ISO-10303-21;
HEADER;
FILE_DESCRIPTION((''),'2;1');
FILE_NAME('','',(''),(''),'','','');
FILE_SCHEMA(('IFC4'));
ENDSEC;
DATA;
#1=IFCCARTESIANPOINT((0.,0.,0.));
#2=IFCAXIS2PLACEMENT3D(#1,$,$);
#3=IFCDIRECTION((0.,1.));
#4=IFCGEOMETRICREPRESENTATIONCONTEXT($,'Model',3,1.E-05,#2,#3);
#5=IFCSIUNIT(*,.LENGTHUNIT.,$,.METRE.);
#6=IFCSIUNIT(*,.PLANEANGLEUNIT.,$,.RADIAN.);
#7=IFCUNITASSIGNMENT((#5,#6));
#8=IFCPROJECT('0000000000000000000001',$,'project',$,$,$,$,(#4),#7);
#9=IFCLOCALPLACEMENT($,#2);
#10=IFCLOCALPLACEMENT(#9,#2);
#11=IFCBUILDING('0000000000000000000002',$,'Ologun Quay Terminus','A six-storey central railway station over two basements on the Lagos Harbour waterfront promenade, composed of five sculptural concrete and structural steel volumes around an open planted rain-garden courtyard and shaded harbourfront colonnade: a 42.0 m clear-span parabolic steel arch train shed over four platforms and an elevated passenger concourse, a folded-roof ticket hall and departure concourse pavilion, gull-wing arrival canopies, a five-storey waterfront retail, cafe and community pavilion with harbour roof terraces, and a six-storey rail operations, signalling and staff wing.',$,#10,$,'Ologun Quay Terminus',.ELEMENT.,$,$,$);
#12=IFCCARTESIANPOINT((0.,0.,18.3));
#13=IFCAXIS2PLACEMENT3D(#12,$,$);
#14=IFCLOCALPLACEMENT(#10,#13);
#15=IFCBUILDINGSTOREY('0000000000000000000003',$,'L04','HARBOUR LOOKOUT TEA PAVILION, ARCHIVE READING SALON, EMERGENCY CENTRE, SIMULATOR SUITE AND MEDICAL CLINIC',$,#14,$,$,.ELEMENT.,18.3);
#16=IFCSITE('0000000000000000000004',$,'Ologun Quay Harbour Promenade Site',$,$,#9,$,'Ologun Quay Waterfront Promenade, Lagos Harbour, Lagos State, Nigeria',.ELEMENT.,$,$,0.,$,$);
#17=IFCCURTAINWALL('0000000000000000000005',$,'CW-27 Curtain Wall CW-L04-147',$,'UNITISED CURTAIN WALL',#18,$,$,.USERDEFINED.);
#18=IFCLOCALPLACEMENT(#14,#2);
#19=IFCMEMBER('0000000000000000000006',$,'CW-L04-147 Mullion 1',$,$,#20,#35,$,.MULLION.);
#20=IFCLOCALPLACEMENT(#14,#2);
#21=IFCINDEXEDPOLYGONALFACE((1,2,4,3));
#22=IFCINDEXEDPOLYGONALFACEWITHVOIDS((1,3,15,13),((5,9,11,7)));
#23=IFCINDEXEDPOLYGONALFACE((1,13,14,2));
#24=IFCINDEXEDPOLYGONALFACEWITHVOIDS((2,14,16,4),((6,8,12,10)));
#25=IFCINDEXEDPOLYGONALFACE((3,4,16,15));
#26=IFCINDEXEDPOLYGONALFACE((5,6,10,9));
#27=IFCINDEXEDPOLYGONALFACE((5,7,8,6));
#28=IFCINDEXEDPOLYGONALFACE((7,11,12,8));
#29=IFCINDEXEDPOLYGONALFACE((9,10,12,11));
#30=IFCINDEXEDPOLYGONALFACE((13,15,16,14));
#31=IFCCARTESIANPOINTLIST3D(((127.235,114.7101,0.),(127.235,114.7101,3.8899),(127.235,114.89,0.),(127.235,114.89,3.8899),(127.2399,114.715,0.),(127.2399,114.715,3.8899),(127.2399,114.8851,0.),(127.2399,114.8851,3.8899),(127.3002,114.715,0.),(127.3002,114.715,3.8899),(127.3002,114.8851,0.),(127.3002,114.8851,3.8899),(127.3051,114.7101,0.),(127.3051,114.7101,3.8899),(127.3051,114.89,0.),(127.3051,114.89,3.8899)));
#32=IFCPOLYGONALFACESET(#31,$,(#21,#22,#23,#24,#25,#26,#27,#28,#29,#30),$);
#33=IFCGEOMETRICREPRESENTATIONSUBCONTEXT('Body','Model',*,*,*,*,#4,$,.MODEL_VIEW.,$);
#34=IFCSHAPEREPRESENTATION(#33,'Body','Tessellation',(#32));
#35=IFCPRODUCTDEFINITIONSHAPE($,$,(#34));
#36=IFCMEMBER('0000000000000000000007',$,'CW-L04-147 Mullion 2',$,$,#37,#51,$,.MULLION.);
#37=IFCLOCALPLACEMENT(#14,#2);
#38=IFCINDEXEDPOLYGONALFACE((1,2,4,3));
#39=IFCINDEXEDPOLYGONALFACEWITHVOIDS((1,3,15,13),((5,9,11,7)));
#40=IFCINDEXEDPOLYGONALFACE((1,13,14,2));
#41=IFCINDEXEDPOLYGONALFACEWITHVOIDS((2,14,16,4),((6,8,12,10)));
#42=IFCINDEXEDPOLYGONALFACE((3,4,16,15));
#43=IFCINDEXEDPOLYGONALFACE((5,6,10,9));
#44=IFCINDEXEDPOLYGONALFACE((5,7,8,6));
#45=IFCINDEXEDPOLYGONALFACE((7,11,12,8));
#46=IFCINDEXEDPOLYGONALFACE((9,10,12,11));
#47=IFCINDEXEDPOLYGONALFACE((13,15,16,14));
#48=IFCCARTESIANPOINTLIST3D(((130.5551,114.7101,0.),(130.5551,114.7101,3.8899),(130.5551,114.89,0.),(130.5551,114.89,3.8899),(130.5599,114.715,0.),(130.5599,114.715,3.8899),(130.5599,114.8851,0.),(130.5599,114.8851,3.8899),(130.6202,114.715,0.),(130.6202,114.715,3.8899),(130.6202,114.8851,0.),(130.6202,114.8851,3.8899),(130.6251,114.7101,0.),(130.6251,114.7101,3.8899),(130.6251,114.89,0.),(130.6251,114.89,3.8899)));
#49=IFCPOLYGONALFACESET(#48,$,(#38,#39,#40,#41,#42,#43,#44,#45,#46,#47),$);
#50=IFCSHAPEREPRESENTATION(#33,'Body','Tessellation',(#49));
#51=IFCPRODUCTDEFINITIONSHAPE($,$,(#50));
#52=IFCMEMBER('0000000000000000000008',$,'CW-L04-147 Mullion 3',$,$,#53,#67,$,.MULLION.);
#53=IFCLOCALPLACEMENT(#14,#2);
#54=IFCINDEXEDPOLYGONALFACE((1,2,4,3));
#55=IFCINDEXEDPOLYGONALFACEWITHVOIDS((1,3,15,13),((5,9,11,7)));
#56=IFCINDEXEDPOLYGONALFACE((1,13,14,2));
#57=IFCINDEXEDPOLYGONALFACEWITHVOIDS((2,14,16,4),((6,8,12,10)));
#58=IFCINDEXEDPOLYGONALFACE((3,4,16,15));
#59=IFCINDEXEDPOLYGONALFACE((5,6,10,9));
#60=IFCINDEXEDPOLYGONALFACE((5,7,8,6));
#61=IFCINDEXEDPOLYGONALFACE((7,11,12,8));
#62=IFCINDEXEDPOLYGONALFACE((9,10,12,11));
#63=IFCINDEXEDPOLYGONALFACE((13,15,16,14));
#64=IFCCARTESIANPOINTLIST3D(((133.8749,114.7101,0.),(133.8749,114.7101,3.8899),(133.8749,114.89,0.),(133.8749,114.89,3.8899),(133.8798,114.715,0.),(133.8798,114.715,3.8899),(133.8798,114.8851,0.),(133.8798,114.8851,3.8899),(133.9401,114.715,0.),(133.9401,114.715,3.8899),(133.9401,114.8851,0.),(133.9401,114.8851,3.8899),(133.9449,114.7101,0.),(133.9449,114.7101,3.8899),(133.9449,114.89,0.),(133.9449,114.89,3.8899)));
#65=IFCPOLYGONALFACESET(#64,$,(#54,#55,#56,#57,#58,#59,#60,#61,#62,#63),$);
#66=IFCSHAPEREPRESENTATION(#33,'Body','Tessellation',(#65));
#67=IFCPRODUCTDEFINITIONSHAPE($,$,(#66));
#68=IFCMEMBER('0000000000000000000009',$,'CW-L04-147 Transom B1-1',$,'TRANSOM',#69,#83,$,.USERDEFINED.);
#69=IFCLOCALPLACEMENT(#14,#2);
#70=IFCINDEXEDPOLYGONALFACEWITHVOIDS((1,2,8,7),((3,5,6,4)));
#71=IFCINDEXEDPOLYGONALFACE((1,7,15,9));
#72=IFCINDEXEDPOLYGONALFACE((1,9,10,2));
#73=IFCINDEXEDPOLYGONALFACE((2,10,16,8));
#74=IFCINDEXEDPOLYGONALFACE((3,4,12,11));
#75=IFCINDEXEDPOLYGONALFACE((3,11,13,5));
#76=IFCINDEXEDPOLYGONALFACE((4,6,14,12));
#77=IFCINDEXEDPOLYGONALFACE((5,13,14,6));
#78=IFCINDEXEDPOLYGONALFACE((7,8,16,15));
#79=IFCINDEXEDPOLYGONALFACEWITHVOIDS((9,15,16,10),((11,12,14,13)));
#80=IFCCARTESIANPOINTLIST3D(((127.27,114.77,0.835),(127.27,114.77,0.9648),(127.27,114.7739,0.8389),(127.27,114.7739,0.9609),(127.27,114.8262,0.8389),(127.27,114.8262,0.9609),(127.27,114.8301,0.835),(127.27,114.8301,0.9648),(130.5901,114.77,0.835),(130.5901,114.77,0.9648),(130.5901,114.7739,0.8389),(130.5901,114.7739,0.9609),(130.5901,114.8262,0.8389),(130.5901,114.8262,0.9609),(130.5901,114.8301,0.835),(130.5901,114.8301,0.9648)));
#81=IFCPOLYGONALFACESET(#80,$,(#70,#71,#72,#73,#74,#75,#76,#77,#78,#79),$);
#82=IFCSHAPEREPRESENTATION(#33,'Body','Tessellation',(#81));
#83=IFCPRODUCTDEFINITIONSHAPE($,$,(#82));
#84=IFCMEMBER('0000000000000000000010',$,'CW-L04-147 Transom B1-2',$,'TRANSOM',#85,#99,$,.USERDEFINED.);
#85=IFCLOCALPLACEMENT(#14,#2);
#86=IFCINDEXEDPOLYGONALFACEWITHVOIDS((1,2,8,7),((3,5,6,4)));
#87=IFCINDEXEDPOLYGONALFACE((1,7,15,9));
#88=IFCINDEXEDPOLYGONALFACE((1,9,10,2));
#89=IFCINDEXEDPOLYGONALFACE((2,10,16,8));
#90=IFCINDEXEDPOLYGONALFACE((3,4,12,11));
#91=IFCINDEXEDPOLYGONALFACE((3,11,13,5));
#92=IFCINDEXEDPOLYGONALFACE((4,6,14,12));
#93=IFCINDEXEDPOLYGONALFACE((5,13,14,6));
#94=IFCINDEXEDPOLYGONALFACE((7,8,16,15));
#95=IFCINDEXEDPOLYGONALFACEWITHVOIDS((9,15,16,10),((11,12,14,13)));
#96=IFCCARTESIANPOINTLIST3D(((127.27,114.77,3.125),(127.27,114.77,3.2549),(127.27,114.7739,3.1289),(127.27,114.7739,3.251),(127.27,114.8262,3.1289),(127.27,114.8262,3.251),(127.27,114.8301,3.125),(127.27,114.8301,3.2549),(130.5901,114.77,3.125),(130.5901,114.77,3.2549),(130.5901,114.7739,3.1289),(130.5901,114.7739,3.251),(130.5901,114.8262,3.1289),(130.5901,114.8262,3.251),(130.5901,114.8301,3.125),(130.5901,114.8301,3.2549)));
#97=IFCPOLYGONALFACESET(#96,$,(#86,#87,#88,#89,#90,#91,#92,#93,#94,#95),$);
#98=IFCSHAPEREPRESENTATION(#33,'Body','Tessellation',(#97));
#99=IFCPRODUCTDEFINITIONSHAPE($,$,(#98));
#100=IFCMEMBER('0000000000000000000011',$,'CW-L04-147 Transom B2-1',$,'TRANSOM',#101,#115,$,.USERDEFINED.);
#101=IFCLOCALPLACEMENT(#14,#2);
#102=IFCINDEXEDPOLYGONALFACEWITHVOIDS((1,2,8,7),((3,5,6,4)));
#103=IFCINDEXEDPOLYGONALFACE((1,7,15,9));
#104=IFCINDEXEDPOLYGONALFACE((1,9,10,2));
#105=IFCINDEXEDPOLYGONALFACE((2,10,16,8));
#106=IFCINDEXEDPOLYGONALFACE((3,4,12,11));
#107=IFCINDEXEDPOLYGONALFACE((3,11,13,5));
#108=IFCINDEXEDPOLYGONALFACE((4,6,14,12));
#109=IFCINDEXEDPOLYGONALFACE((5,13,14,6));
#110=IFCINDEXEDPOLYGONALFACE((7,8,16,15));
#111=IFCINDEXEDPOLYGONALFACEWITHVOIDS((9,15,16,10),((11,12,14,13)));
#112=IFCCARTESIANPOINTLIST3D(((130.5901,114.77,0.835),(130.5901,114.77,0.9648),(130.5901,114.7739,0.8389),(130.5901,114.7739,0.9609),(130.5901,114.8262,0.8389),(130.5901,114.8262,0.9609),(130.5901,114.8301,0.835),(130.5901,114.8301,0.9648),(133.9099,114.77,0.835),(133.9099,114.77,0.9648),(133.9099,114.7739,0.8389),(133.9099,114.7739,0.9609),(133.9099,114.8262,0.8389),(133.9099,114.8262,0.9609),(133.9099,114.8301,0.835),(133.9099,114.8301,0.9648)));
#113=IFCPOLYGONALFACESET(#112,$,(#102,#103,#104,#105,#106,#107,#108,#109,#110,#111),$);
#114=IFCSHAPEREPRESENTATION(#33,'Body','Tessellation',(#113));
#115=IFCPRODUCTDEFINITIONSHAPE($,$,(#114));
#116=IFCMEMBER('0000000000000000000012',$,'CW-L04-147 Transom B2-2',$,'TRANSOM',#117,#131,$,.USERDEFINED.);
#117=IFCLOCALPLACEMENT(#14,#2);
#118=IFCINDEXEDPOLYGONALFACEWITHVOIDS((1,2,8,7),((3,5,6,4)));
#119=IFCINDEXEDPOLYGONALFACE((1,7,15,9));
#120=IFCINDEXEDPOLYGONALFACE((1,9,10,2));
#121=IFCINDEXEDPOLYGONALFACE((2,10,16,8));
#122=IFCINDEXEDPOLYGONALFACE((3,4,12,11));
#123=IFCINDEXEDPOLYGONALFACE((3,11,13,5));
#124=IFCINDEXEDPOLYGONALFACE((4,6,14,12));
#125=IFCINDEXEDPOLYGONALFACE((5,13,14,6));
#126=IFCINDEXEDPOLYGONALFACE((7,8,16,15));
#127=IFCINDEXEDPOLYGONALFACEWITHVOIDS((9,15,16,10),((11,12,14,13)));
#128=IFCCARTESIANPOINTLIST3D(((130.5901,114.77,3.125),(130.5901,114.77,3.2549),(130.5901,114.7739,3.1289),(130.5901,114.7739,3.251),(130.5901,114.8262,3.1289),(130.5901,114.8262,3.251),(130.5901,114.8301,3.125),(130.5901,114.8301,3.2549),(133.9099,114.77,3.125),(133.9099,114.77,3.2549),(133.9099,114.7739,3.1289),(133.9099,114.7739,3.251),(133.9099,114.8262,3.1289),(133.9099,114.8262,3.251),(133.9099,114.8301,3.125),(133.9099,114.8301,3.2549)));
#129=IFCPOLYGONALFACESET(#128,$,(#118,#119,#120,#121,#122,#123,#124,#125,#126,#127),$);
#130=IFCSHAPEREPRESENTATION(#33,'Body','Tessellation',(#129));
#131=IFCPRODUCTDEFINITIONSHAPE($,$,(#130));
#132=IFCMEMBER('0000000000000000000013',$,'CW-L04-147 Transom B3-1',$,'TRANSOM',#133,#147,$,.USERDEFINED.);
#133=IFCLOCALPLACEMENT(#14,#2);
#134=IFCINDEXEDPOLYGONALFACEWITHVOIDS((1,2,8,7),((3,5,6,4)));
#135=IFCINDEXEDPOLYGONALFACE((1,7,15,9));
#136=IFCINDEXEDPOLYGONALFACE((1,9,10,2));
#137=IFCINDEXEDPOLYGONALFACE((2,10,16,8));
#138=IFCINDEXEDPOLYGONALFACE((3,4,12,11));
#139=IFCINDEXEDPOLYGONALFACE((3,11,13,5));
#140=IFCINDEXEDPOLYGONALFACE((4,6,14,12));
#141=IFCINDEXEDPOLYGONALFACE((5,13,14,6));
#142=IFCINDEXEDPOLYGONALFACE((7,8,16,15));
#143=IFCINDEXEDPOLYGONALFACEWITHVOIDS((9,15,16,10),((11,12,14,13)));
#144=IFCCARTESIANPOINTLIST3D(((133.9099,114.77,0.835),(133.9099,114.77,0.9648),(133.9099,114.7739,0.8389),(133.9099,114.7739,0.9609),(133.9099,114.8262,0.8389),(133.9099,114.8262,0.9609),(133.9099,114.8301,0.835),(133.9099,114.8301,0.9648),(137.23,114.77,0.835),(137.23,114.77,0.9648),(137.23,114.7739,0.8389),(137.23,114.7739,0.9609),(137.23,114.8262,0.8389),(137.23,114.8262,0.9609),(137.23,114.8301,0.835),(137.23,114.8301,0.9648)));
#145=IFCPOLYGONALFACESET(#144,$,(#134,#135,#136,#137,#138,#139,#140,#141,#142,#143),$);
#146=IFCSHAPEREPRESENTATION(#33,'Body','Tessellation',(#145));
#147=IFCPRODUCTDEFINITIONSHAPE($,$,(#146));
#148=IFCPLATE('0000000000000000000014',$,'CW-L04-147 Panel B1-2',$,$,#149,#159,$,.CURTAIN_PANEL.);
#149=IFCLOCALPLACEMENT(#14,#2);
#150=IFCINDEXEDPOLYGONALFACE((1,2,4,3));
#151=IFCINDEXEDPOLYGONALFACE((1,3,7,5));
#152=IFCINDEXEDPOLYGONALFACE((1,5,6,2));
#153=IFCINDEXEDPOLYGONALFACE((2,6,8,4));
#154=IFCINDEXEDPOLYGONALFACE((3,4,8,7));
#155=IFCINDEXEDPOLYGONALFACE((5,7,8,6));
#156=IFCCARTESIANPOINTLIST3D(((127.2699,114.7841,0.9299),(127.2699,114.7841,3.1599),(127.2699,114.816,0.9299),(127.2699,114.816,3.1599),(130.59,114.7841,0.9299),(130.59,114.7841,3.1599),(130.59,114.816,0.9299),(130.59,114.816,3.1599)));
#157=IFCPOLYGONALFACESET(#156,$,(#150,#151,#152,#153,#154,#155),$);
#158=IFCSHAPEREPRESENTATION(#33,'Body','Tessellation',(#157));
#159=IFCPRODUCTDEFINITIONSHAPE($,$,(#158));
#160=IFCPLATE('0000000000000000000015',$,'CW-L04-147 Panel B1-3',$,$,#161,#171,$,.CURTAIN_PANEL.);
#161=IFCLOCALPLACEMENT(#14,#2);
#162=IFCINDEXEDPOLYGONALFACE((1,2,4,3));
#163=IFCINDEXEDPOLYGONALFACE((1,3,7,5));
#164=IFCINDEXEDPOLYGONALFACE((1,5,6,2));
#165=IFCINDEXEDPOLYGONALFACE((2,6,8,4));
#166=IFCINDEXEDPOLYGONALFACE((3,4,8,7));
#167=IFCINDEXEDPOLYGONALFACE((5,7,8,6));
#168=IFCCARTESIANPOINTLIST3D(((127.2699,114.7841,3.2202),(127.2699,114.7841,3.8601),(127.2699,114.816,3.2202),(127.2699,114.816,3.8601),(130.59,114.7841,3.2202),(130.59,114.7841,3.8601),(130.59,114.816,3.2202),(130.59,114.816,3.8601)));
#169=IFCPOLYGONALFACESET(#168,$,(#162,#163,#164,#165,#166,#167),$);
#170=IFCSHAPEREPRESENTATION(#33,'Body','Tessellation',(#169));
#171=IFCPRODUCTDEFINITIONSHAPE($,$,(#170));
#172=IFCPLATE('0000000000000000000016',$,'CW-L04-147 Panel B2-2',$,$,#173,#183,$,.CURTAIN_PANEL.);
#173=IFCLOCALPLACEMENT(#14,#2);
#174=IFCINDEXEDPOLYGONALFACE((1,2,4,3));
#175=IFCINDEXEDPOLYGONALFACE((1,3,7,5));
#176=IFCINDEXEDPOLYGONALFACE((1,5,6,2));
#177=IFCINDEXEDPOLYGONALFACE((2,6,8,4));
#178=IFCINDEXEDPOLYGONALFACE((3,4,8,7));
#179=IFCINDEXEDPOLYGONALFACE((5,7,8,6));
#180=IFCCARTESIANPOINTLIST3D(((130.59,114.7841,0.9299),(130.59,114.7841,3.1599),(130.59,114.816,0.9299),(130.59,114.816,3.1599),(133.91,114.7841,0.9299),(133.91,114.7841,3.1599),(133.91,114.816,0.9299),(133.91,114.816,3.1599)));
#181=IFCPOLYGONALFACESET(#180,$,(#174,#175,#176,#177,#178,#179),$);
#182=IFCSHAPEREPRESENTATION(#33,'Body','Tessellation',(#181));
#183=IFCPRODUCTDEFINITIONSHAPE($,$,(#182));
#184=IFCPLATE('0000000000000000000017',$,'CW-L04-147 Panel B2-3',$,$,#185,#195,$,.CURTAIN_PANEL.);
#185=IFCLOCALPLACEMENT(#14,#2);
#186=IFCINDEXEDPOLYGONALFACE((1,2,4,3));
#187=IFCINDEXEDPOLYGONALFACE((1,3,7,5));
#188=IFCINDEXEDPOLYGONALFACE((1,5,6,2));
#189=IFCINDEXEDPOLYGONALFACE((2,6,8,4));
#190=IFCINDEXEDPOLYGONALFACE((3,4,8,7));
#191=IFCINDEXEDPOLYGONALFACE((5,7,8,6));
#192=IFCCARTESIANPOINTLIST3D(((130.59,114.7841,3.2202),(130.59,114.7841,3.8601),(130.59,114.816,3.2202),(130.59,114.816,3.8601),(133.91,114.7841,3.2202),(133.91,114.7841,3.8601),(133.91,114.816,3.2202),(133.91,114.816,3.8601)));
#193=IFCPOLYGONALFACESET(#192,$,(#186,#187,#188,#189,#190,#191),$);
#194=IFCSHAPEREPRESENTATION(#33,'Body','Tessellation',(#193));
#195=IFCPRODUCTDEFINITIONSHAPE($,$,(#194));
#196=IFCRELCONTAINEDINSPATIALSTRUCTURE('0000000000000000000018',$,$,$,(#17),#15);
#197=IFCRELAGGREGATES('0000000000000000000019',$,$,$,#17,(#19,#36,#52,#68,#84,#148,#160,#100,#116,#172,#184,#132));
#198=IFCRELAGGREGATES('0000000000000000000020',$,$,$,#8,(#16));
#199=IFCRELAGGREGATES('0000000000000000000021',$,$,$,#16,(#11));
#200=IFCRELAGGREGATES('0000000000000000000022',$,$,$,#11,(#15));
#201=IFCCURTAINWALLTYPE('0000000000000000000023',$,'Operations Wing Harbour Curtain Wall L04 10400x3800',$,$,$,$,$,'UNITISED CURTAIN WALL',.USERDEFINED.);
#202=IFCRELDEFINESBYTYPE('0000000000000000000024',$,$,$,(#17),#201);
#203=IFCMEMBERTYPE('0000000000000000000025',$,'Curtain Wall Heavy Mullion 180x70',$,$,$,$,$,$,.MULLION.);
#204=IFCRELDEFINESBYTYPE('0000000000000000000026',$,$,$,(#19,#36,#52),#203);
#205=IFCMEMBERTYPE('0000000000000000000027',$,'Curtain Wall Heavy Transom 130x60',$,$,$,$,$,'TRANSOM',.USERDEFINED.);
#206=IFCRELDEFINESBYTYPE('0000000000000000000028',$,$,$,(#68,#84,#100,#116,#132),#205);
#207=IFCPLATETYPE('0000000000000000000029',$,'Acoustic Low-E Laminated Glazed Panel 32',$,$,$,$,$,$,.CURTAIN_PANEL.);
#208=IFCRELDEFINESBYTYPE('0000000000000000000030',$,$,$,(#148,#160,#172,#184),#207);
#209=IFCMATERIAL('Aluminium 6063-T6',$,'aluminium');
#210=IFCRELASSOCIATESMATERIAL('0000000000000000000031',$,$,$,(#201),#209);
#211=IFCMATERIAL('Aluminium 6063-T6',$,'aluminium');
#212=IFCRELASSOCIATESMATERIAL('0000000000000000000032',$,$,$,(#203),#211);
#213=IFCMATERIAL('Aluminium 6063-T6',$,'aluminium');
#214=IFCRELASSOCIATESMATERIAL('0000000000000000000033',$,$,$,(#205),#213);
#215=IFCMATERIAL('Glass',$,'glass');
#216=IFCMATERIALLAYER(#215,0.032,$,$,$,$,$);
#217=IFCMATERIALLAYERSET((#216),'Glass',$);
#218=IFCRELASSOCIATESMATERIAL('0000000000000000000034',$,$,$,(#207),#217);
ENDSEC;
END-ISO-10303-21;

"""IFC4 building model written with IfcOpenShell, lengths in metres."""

from ifc_helpers import new_model, si_unit, direction, frame, origin, origin_2d, place, context, subcontext, project, spatial, rectangle, hollow_rectangle, extrude, material, layer, layer_set, material_profile, profile_set, type_object, element, aggregate, save


model = new_model("IFC4")

# Units and contexts
model_context = context("Model", 3, precision=1e-05, world=origin(), true_north=direction((0.0, 1.0)))
body_context = subcontext(model_context, "Body", "Model", "MODEL_VIEW")
ifc_project = project(units=[si_unit("LENGTHUNIT", "METRE"), si_unit("PLANEANGLEUNIT", "RADIAN")], contexts=[model_context])

# Site, building, storey
site_placement = place(None, origin())
site = spatial("IfcSite", under=ifc_project, at=site_placement, Name="Ologun Quay Harbour Promenade Site", LongName="Ologun Quay Waterfront Promenade, Lagos Harbour, Lagos State, Nigeria", CompositionType="ELEMENT", RefElevation=0.0)
building_placement = place(site_placement, origin())
building = spatial("IfcBuilding", under=site, at=building_placement, Name="Ologun Quay Terminus", Description="A six-storey central railway station over two basements on the Lagos Harbour waterfront promenade, composed of five sculptural concrete and structural steel volumes around an open planted rain-garden courtyard and shaded harbourfront colonnade: a 42.0 m clear-span parabolic steel arch train shed over four platforms and an elevated passenger concourse, a folded-roof ticket hall and departure concourse pavilion, gull-wing arrival canopies, a five-storey waterfront retail, cafe and community pavilion with harbour roof terraces, and a six-storey rail operations, signalling and staff wing.", LongName="Ologun Quay Terminus", CompositionType="ELEMENT")
storey_placement = place(building_placement, frame((0.0, 0.0, 18.3)))
storey = spatial("IfcBuildingStorey", under=building, at=storey_placement, Name="L04", Description="HARBOUR LOOKOUT TEA PAVILION, ARCHIVE READING SALON, EMERGENCY CENTRE, SIMULATOR SUITE AND MEDICAL CLINIC", CompositionType="ELEMENT", Elevation=18.3)

# Curtain wall, members, plates
ifc_material_1 = material(Name="Aluminium 6063-T6", Category="aluminium")
curtain_wall_type = type_object("IfcCurtainWallType", Name="Operations Wing Harbour Curtain Wall L04 10400x3800", ElementType="UNITISED CURTAIN WALL", PredefinedType="USERDEFINED", material=ifc_material_1)
curtain_wall_placement = place(storey_placement, origin())
curtain_wall = element("IfcCurtainWall", 1, at=curtain_wall_placement, inside=storey, type_object=curtain_wall_type, Name="CW-27 Curtain Wall CW-L04-147", ObjectType="UNITISED CURTAIN WALL", PredefinedType="USERDEFINED")
ifc_material_2 = material(Name="Aluminium 6063-T6", Category="aluminium")
ifc_material_profile_1 = material_profile(ifc_material_2, hollow_rectangle(XDim=0.0701, YDim=0.1799, WallThickness=0.0049, at=origin_2d()), Name="ALU 180x70x5")
ifc_profile_set_1 = profile_set([ifc_material_profile_1], Name="Aluminium 6063-T6")
member_type_1 = type_object("IfcMemberType", Name="Curtain Wall Heavy Mullion 180x70", PredefinedType="MULLION", material=ifc_profile_set_1)
member_1_placement = place(storey_placement, frame((127.27, 114.8, 0.0), z_axis=(0.0, 0.0, 1.0), x_axis=(1.0, 0.0, 0.0)))
member_1 = element("IfcMember", 2, at=member_1_placement, type_object=member_type_1, Name="CW-L04-147 Mullion 1", PredefinedType="MULLION", context=body_context, shape_type="SweptSolid", body=[
    extrude(hollow_rectangle(XDim=0.0701, YDim=0.1799, WallThickness=0.0049, at=origin_2d()), origin(), (0.0, 0.0, 1.0), 3.8899),
])
member_2_placement = place(storey_placement, frame((130.5901, 114.8, 0.0), z_axis=(0.0, 0.0, 1.0), x_axis=(1.0, 0.0, 0.0)))
member_2 = element("IfcMember", 3, at=member_2_placement, type_object=member_type_1, Name="CW-L04-147 Mullion 2", PredefinedType="MULLION", context=body_context, shape_type="SweptSolid", body=[
    extrude(hollow_rectangle(XDim=0.0701, YDim=0.1799, WallThickness=0.0049, at=origin_2d()), origin(), (0.0, 0.0, 1.0), 3.8899),
])
member_3_placement = place(storey_placement, frame((133.9099, 114.8, 0.0), z_axis=(0.0, 0.0, 1.0), x_axis=(1.0, 0.0, 0.0)))
member_3 = element("IfcMember", 4, at=member_3_placement, type_object=member_type_1, Name="CW-L04-147 Mullion 3", PredefinedType="MULLION", context=body_context, shape_type="SweptSolid", body=[
    extrude(hollow_rectangle(XDim=0.0701, YDim=0.1799, WallThickness=0.0049, at=origin_2d()), origin(), (0.0, 0.0, 1.0), 3.8899),
])
ifc_material_3 = material(Name="Aluminium 6063-T6", Category="aluminium")
ifc_material_profile_2 = material_profile(ifc_material_3, hollow_rectangle(XDim=0.0601, YDim=0.1299, WallThickness=0.0039, at=origin_2d()), Name="ALU 130x60x4")
ifc_profile_set_2 = profile_set([ifc_material_profile_2], Name="Aluminium 6063-T6")
member_type_2 = type_object("IfcMemberType", Name="Curtain Wall Heavy Transom 130x60", ElementType="TRANSOM", PredefinedType="USERDEFINED", material=ifc_profile_set_2)
member_4_placement = place(storey_placement, frame((127.27, 114.8, 0.8999), z_axis=(1.0, 0.0, 0.0), x_axis=(0.0, 1.0, 0.0)))
member_4 = element("IfcMember", 5, at=member_4_placement, type_object=member_type_2, Name="CW-L04-147 Transom B1-1", ObjectType="TRANSOM", PredefinedType="USERDEFINED", context=body_context, shape_type="SweptSolid", body=[
    extrude(hollow_rectangle(XDim=0.0601, YDim=0.1299, WallThickness=0.0039, at=origin_2d()), origin(), (0.0, 0.0, 1.0), 3.3201),
])
member_5_placement = place(storey_placement, frame((127.27, 114.8, 3.1899), z_axis=(1.0, 0.0, 0.0), x_axis=(0.0, 1.0, 0.0)))
member_5 = element("IfcMember", 6, at=member_5_placement, type_object=member_type_2, Name="CW-L04-147 Transom B1-2", ObjectType="TRANSOM", PredefinedType="USERDEFINED", context=body_context, shape_type="SweptSolid", body=[
    extrude(hollow_rectangle(XDim=0.0601, YDim=0.1299, WallThickness=0.0039, at=origin_2d()), origin(), (0.0, 0.0, 1.0), 3.3201),
])
member_6_placement = place(storey_placement, frame((130.5901, 114.8, 0.8999), z_axis=(1.0, 0.0, 0.0), x_axis=(0.0, 1.0, 0.0)))
member_6 = element("IfcMember", 7, at=member_6_placement, type_object=member_type_2, Name="CW-L04-147 Transom B2-1", ObjectType="TRANSOM", PredefinedType="USERDEFINED", context=body_context, shape_type="SweptSolid", body=[
    extrude(hollow_rectangle(XDim=0.0601, YDim=0.1299, WallThickness=0.0039, at=origin_2d()), origin(), (0.0, 0.0, 1.0), 3.3198),
])
member_7_placement = place(storey_placement, frame((130.5901, 114.8, 3.1899), z_axis=(1.0, 0.0, 0.0), x_axis=(0.0, 1.0, 0.0)))
member_7 = element("IfcMember", 8, at=member_7_placement, type_object=member_type_2, Name="CW-L04-147 Transom B2-2", ObjectType="TRANSOM", PredefinedType="USERDEFINED", context=body_context, shape_type="SweptSolid", body=[
    extrude(hollow_rectangle(XDim=0.0601, YDim=0.1299, WallThickness=0.0039, at=origin_2d()), origin(), (0.0, 0.0, 1.0), 3.3198),
])
member_8_placement = place(storey_placement, frame((133.9099, 114.8, 0.8999), z_axis=(1.0, 0.0, 0.0), x_axis=(0.0, 1.0, 0.0)))
member_8 = element("IfcMember", 9, at=member_8_placement, type_object=member_type_2, Name="CW-L04-147 Transom B3-1", ObjectType="TRANSOM", PredefinedType="USERDEFINED", context=body_context, shape_type="SweptSolid", body=[
    extrude(hollow_rectangle(XDim=0.0601, YDim=0.1299, WallThickness=0.0039, at=origin_2d()), origin(), (0.0, 0.0, 1.0), 3.3201),
])
ifc_material_4 = material(Name="Glass", Category="glass")
ifc_layer_1 = layer(ifc_material_4, 0.032)
ifc_layer_set_1 = layer_set([ifc_layer_1], Name="Glass")
plate_type_1 = type_object("IfcPlateType", Name="Acoustic Low-E Laminated Glazed Panel 32", PredefinedType="CURTAIN_PANEL", material=ifc_layer_set_1)
plate_1_placement = place(storey_placement, frame((128.9299, 114.8, 0.9299), z_axis=(0.0, 0.0, 1.0), x_axis=(1.0, 0.0, 0.0)))
plate_1 = element("IfcPlate", 10, at=plate_1_placement, type_object=plate_type_1, Name="CW-L04-147 Panel B1-2", PredefinedType="CURTAIN_PANEL", context=body_context, shape_type="SweptSolid", body=[
    extrude(rectangle(XDim=3.3201, YDim=0.032, at=origin_2d()), origin(), (0.0, 0.0, 1.0), 2.23),
])
plate_2_placement = place(storey_placement, frame((128.9299, 114.8, 3.2202), z_axis=(0.0, 0.0, 1.0), x_axis=(1.0, 0.0, 0.0)))
plate_2 = element("IfcPlate", 11, at=plate_2_placement, type_object=plate_type_1, Name="CW-L04-147 Panel B1-3", PredefinedType="CURTAIN_PANEL", context=body_context, shape_type="SweptSolid", body=[
    extrude(rectangle(XDim=3.3201, YDim=0.032, at=origin_2d()), origin(), (0.0, 0.0, 1.0), 0.6399),
])
plate_3_placement = place(storey_placement, frame((132.25, 114.8, 0.9299), z_axis=(0.0, 0.0, 1.0), x_axis=(1.0, 0.0, 0.0)))
plate_3 = element("IfcPlate", 12, at=plate_3_placement, type_object=plate_type_1, Name="CW-L04-147 Panel B2-2", PredefinedType="CURTAIN_PANEL", context=body_context, shape_type="SweptSolid", body=[
    extrude(rectangle(XDim=3.3201, YDim=0.032, at=origin_2d()), origin(), (0.0, 0.0, 1.0), 2.23),
])
plate_4_placement = place(storey_placement, frame((132.25, 114.8, 3.2202), z_axis=(0.0, 0.0, 1.0), x_axis=(1.0, 0.0, 0.0)))
plate_4 = element("IfcPlate", 13, at=plate_4_placement, type_object=plate_type_1, Name="CW-L04-147 Panel B2-3", PredefinedType="CURTAIN_PANEL", context=body_context, shape_type="SweptSolid", body=[
    extrude(rectangle(XDim=3.3201, YDim=0.032, at=origin_2d()), origin(), (0.0, 0.0, 1.0), 0.6399),
])
aggregate(curtain_wall, [member_1, member_2, member_3, member_4, member_5, plate_1, plate_2, member_6, member_7, plate_3, plate_4, member_8])

save(model, "model.ifc")
